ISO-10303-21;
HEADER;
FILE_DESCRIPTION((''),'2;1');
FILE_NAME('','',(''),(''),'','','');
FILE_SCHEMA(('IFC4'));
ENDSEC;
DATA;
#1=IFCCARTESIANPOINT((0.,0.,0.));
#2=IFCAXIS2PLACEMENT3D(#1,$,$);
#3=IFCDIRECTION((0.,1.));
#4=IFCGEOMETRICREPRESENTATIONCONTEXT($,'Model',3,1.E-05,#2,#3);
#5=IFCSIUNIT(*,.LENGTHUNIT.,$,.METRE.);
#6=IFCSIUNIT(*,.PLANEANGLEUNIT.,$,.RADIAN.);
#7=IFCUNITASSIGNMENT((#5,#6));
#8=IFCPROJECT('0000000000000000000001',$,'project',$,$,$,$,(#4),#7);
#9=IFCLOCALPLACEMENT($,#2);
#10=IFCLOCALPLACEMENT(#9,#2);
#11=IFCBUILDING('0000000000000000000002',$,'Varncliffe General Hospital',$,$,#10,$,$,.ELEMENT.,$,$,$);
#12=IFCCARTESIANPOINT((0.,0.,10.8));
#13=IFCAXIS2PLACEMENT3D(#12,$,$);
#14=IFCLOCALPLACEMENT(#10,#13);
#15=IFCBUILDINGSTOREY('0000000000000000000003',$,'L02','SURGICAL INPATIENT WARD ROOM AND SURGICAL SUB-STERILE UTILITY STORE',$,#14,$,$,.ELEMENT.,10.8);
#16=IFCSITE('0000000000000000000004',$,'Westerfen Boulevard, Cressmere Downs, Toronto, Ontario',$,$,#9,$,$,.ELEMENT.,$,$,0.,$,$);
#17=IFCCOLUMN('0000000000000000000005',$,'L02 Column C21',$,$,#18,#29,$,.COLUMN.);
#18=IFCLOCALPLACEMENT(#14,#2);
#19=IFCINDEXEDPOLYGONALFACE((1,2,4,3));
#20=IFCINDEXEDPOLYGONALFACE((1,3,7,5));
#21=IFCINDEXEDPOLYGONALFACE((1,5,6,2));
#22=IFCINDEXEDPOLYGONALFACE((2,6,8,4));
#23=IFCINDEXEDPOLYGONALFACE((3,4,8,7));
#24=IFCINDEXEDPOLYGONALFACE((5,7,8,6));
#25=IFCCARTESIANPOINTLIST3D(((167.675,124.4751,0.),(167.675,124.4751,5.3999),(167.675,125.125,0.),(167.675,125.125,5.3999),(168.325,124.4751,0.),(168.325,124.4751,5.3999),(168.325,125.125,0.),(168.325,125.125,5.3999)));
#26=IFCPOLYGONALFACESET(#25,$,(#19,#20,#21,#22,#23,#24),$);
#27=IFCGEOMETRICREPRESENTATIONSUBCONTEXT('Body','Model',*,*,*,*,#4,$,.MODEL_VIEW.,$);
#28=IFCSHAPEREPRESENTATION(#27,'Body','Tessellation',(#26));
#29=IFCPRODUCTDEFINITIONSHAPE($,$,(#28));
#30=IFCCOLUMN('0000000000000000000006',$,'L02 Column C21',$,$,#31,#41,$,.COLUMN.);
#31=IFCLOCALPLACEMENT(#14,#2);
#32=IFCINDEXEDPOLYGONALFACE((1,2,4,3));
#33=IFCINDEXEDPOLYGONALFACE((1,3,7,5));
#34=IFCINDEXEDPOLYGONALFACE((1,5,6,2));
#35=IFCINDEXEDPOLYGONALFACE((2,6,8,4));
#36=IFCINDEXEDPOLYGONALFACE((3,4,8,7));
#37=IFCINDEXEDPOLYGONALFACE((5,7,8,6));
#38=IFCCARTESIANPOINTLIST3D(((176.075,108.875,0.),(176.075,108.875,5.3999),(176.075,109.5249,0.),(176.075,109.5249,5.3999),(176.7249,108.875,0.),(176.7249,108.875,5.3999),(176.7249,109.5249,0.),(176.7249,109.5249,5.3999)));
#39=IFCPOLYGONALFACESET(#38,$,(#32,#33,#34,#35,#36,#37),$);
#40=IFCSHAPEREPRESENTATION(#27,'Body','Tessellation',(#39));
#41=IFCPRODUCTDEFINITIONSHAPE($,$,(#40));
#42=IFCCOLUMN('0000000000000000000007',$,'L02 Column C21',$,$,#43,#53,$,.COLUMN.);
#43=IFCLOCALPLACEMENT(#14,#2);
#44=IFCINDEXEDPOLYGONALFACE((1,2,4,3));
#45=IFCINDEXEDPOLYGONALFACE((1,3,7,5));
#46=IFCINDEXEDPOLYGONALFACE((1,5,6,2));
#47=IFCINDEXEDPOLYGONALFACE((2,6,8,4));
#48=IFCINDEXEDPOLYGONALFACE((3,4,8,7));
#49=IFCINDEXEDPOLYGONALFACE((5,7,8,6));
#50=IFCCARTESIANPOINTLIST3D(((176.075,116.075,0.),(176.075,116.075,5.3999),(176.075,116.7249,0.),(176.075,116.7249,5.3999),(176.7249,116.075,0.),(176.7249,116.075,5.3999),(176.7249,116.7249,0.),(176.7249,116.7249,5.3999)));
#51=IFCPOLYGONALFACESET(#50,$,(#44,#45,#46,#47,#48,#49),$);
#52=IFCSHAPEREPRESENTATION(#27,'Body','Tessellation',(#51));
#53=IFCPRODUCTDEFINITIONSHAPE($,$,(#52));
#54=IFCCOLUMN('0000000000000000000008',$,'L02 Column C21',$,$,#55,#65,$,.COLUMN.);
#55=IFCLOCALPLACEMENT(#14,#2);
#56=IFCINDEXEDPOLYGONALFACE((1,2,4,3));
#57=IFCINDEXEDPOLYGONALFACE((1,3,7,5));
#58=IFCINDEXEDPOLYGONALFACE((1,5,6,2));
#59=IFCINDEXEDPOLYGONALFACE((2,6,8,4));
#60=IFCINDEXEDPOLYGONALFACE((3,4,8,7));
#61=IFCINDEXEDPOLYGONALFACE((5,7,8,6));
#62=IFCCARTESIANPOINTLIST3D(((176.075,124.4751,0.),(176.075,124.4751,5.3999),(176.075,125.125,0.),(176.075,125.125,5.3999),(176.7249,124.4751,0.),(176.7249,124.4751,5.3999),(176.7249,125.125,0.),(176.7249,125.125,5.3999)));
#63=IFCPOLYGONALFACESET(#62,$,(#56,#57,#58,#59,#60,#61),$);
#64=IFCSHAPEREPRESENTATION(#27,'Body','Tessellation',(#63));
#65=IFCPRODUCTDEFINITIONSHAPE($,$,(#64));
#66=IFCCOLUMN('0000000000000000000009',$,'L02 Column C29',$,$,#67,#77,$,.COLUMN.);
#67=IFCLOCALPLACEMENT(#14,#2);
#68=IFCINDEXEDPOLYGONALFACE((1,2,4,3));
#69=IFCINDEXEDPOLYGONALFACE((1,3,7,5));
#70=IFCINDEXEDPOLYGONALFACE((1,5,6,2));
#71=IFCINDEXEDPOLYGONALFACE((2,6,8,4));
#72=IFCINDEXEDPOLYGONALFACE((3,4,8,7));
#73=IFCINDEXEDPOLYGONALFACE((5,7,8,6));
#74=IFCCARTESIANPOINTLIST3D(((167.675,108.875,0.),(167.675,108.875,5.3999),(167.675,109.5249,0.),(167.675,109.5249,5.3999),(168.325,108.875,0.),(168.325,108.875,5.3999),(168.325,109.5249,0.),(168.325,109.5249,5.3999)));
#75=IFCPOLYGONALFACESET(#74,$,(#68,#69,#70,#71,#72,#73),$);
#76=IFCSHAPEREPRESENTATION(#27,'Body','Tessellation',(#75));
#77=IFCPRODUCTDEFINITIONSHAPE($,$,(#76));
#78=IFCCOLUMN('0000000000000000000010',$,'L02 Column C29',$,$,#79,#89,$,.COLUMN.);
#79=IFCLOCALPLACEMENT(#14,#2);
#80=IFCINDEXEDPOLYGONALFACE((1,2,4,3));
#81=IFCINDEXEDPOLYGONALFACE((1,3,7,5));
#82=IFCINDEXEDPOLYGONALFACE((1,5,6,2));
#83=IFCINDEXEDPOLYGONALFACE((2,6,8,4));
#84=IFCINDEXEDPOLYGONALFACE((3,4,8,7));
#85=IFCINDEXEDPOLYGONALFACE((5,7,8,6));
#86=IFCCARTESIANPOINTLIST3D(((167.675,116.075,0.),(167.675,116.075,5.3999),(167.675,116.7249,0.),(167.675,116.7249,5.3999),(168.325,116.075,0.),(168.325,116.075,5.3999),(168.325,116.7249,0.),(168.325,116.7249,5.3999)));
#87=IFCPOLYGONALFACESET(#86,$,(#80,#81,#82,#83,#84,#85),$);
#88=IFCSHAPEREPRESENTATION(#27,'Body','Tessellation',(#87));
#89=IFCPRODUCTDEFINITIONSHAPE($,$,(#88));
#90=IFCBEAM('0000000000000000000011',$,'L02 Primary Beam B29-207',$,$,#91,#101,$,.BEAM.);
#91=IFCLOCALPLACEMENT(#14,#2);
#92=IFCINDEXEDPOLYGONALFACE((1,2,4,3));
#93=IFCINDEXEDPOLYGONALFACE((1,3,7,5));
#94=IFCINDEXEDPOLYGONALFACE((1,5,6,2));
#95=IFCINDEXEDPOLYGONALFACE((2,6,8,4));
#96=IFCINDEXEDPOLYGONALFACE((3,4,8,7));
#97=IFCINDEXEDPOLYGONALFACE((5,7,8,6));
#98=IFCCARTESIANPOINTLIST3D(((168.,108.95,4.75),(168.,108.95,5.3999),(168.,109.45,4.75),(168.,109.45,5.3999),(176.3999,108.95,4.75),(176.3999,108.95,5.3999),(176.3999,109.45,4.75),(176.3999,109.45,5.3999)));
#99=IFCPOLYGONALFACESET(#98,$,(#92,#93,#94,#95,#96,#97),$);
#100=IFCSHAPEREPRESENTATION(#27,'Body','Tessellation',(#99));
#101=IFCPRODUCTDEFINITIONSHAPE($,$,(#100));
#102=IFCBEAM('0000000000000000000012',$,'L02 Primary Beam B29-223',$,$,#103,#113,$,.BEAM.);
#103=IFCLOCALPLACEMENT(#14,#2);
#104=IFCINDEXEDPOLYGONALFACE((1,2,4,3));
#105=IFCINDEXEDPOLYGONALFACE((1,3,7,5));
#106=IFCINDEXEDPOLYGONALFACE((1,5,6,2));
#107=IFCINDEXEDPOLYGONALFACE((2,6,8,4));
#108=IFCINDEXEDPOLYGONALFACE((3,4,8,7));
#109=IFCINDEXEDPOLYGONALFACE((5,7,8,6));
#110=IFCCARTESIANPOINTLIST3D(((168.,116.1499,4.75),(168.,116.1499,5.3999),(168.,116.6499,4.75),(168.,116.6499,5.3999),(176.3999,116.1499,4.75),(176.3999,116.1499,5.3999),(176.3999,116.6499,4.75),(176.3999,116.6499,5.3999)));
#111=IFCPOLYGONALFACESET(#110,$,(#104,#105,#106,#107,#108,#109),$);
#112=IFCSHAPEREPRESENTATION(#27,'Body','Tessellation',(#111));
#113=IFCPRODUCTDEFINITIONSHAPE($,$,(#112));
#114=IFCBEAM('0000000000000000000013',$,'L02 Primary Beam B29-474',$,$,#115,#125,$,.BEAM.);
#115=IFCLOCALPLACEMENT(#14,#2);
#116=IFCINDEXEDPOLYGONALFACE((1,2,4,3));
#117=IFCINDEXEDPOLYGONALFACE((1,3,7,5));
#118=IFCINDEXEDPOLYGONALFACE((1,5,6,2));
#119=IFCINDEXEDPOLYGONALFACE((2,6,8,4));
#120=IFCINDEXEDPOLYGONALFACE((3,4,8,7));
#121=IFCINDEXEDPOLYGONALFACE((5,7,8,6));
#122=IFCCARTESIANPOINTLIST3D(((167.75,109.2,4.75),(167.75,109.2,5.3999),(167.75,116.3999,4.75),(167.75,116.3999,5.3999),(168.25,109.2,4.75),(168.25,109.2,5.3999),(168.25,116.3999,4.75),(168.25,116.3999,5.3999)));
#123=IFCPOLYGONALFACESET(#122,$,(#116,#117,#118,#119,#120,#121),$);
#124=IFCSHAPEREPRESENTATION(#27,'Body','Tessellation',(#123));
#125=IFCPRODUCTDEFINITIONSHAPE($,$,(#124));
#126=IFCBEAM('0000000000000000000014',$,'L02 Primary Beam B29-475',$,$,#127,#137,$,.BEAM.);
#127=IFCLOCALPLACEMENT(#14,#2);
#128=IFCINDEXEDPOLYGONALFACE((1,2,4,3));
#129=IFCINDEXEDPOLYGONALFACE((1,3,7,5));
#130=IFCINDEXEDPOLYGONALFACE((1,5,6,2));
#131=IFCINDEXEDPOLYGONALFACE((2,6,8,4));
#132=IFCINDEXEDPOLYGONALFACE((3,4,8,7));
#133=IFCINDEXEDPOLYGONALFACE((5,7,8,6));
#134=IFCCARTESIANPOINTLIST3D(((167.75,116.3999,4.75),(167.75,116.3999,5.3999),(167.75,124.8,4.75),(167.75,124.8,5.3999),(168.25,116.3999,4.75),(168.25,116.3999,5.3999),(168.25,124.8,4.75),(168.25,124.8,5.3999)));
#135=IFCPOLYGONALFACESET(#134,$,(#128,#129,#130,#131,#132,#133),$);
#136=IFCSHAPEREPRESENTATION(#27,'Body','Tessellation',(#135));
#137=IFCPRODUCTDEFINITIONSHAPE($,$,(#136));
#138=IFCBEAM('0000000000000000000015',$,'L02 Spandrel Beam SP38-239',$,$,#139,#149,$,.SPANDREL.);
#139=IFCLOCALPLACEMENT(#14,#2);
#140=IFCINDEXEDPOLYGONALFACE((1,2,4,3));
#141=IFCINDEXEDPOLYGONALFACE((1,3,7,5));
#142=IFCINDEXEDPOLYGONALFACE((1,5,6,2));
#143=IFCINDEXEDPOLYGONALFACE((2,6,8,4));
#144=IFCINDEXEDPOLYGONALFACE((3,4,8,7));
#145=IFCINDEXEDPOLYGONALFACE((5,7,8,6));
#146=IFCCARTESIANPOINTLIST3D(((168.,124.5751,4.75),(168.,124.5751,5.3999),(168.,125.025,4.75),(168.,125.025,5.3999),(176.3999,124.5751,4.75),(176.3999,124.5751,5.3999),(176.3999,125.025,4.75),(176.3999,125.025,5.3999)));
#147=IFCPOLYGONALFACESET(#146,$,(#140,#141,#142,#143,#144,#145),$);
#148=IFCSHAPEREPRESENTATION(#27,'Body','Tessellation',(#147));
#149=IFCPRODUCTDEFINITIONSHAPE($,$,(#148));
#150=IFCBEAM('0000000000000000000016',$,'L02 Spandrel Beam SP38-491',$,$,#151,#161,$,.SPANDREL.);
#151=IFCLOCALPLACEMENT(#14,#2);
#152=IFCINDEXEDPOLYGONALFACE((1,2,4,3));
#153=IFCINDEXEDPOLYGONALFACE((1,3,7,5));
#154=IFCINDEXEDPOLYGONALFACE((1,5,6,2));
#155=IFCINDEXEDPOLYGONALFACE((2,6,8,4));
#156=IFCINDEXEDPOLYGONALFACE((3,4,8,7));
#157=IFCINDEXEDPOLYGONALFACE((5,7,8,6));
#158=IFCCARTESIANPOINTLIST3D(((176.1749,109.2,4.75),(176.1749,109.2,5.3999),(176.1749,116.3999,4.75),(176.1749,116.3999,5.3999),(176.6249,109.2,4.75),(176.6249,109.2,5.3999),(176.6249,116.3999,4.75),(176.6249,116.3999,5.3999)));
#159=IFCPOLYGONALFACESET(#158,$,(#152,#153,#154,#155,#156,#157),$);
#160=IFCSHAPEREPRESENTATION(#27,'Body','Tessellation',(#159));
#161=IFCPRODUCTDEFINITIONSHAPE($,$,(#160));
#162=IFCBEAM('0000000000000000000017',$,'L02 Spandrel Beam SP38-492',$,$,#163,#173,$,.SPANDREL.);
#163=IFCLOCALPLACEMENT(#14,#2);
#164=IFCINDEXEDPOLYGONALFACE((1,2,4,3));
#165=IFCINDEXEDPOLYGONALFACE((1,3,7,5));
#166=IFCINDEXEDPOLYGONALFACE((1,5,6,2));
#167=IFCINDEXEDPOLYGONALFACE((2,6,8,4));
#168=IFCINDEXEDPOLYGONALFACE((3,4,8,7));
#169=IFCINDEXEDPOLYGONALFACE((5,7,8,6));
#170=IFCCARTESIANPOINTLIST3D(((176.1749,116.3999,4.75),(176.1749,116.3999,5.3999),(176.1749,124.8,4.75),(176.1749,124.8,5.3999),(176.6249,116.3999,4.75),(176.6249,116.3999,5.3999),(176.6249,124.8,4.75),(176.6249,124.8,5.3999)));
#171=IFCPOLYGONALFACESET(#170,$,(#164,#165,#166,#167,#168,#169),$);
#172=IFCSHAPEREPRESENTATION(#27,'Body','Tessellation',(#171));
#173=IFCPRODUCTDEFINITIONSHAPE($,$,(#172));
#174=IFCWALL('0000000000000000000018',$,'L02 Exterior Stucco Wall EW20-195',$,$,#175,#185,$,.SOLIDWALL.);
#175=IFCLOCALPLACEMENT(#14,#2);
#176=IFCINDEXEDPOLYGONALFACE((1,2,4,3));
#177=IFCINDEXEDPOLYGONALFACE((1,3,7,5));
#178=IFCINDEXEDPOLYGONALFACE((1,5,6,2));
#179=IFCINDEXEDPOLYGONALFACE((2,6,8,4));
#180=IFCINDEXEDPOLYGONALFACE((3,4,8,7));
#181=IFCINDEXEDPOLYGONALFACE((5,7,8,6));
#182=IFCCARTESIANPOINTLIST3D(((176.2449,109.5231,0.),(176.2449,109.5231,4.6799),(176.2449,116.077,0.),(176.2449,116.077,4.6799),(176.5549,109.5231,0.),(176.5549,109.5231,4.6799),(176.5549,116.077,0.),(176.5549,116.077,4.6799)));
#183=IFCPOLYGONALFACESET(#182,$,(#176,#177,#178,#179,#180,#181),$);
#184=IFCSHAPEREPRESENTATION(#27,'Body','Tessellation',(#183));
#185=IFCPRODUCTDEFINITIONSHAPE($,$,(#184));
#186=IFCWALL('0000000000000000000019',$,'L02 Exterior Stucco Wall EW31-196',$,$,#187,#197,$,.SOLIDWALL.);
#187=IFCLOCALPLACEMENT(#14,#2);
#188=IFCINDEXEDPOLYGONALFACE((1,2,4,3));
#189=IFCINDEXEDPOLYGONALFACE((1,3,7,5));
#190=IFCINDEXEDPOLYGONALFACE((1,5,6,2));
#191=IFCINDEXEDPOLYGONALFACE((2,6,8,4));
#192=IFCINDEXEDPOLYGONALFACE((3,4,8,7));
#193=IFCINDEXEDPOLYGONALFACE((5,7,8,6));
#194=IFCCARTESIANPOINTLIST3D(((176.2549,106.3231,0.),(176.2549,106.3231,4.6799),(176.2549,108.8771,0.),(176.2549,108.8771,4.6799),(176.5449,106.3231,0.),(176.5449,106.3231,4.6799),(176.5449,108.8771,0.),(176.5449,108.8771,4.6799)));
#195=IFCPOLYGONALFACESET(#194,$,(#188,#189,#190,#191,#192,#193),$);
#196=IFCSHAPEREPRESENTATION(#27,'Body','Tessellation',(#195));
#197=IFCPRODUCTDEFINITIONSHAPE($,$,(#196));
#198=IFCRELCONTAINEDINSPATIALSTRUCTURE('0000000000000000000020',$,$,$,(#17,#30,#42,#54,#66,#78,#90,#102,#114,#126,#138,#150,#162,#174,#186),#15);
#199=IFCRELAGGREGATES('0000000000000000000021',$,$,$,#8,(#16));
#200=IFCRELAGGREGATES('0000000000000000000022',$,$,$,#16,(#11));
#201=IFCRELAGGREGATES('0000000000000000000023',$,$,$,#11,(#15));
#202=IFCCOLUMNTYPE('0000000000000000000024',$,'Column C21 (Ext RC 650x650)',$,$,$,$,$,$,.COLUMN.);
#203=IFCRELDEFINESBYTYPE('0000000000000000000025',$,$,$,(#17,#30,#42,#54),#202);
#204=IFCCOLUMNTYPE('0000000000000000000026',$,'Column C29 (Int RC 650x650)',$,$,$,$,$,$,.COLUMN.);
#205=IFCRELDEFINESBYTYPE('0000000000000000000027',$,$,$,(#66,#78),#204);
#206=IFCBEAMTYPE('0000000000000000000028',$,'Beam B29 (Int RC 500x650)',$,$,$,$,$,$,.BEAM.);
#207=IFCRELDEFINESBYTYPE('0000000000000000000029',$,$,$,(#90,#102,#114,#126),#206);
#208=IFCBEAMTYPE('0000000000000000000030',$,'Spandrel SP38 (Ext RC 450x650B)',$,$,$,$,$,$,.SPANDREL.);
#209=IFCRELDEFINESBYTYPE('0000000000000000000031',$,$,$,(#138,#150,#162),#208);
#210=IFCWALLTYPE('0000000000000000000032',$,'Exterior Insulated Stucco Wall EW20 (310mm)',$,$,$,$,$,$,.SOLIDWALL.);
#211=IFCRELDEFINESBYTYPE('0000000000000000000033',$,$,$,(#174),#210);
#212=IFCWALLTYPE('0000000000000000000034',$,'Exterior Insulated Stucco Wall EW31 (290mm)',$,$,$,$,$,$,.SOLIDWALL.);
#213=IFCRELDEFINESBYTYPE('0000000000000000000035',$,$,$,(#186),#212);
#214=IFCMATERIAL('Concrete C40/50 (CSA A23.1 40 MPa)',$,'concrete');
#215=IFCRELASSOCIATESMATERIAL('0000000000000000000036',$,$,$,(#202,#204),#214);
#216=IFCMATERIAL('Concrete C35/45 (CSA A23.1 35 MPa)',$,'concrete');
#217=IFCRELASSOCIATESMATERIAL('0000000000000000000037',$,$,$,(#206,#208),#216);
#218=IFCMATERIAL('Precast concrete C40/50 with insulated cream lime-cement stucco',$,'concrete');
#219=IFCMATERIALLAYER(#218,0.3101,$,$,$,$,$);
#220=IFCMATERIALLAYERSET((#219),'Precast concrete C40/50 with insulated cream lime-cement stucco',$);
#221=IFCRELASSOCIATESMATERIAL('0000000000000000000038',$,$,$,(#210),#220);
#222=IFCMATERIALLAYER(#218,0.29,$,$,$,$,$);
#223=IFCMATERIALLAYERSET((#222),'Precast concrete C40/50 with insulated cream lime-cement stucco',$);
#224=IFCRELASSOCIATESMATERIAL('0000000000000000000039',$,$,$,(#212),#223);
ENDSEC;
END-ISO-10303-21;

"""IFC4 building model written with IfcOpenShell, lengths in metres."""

from ifc_helpers import new_model, si_unit, direction, frame, frame_2d, origin, origin_2d, place, context, subcontext, project, spatial, rectangle, extrude, material, layer, layer_set, material_profile, profile_set, type_object, element, save


model = new_model("IFC4")

# Units and contexts
model_context = context("Model", 3, precision=1e-05, world=origin(), true_north=direction((0.0, 1.0)))
body_context = subcontext(model_context, "Body", "Model", "MODEL_VIEW")
ifc_project = project(units=[si_unit("LENGTHUNIT", "METRE"), si_unit("PLANEANGLEUNIT", "RADIAN")], contexts=[model_context])

# Site, building, storey
site_placement = place(None, origin())
site = spatial("IfcSite", under=ifc_project, at=site_placement, Name="Westerfen Boulevard, Cressmere Downs, Toronto, Ontario", CompositionType="ELEMENT", RefElevation=0.0)
building_placement = place(site_placement, origin())
building = spatial("IfcBuilding", under=site, at=building_placement, Name="Varncliffe General Hospital", CompositionType="ELEMENT")
storey_placement = place(building_placement, frame((0.0, 0.0, 10.8)))
storey = spatial("IfcBuildingStorey", under=building, at=storey_placement, Name="L02", Description="SURGICAL INPATIENT WARD ROOM AND SURGICAL SUB-STERILE UTILITY STORE", CompositionType="ELEMENT", Elevation=10.8)

# Columns
ifc_material_1 = material(Name="Concrete C40/50 (CSA A23.1 40 MPa)", Category="concrete")
ifc_material_profile_1 = material_profile(ifc_material_1, rectangle(XDim=0.6499, YDim=0.6499, at=origin_2d()), Name="RC 650x650")
ifc_profile_set_1 = profile_set([ifc_material_profile_1], Name="Concrete C40/50 (CSA A23.1 40 MPa)")
column_type_1 = type_object("IfcColumnType", Name="Column C21 (Ext RC 650x650)", PredefinedType="COLUMN", material=ifc_profile_set_1)
for number, where, z_axis, x_axis, name in (
    (1, (168.0, 124.8, 0.0), (0.0, 0.0, 1.0), (1.0, 0.0, 0.0), "L02 Column C21"),
    (2, (176.3999, 109.2, 0.0), (0.0, 0.0, 1.0), (1.0, 0.0, 0.0), "L02 Column C21"),
    (3, (176.3999, 116.3999, 0.0), (0.0, 0.0, 1.0), (1.0, 0.0, 0.0), "L02 Column C21"),
    (4, (176.3999, 124.8, 0.0), (0.0, 0.0, 1.0), (1.0, 0.0, 0.0), "L02 Column C21"),
):
    element("IfcColumn", number, at=place(storey_placement, frame(where, z_axis=z_axis, x_axis=x_axis)), inside=storey, type_object=column_type_1, Name=name, PredefinedType="COLUMN", context=body_context, shape_type="SweptSolid", body=[
        extrude(rectangle(XDim=0.6499, YDim=0.6499, at=origin_2d()), origin(), (0.0, 0.0, 1.0), 5.3999),
    ])
ifc_material_profile_2 = material_profile(ifc_material_1, rectangle(XDim=0.6499, YDim=0.6499, at=origin_2d()), Name="RC 650x650")
ifc_profile_set_2 = profile_set([ifc_material_profile_2], Name="Concrete C40/50 (CSA A23.1 40 MPa)")
column_type_2 = type_object("IfcColumnType", Name="Column C29 (Int RC 650x650)", PredefinedType="COLUMN", material=ifc_profile_set_2)
for number, where, z_axis, x_axis, name in (
    (5, (168.0, 109.2, 0.0), (0.0, 0.0, 1.0), (1.0, 0.0, 0.0), "L02 Column C29"),
    (6, (168.0, 116.3999, 0.0), (0.0, 0.0, 1.0), (1.0, 0.0, 0.0), "L02 Column C29"),
):
    element("IfcColumn", number, at=place(storey_placement, frame(where, z_axis=z_axis, x_axis=x_axis)), inside=storey, type_object=column_type_2, Name=name, PredefinedType="COLUMN", context=body_context, shape_type="SweptSolid", body=[
        extrude(rectangle(XDim=0.6499, YDim=0.6499, at=origin_2d()), origin(), (0.0, 0.0, 1.0), 5.3999),
    ])

# Beams
ifc_material_2 = material(Name="Concrete C35/45 (CSA A23.1 35 MPa)", Category="concrete")
ifc_material_profile_3 = material_profile(ifc_material_2, rectangle(XDim=0.5, YDim=0.6499, at=origin_2d()), Name="RC 500x650")
ifc_profile_set_3 = profile_set([ifc_material_profile_3], Name="Concrete C35/45 (CSA A23.1 35 MPa)")
beam_type_1 = type_object("IfcBeamType", Name="Beam B29 (Int RC 500x650)", PredefinedType="BEAM", material=ifc_profile_set_3)
for number, where, z_axis, x_axis, name in (
    (7, (168.0, 109.2, 5.075), (1.0, 0.0, 0.0), (0.0, 1.0, 0.0), "L02 Primary Beam B29-207"),
    (8, (168.0, 116.3999, 5.075), (1.0, 0.0, 0.0), (0.0, 1.0, 0.0), "L02 Primary Beam B29-223"),
):
    element("IfcBeam", number, at=place(storey_placement, frame(where, z_axis=z_axis, x_axis=x_axis)), inside=storey, type_object=beam_type_1, Name=name, PredefinedType="BEAM", context=body_context, shape_type="SweptSolid", body=[
        extrude(rectangle(XDim=0.5, YDim=0.6499, at=origin_2d()), origin(), (0.0, 0.0, 1.0), 8.3999),
    ])
beam_1_placement = place(storey_placement, frame((168.0, 109.2, 5.075), z_axis=(0.0, 1.0, 0.0), x_axis=(-1.0, 0.0, 0.0)))
element("IfcBeam", 9, at=beam_1_placement, inside=storey, type_object=beam_type_1, Name="L02 Primary Beam B29-474", PredefinedType="BEAM", context=body_context, shape_type="SweptSolid", body=[
    extrude(rectangle(XDim=0.5, YDim=0.6499, at=origin_2d()), origin(), (0.0, 0.0, 1.0), 7.2),
])
beam_2_placement = place(storey_placement, frame((168.0, 116.3999, 5.075), z_axis=(0.0, 1.0, 0.0), x_axis=(-1.0, 0.0, 0.0)))
element("IfcBeam", 10, at=beam_2_placement, inside=storey, type_object=beam_type_1, Name="L02 Primary Beam B29-475", PredefinedType="BEAM", context=body_context, shape_type="SweptSolid", body=[
    extrude(rectangle(XDim=0.5, YDim=0.6499, at=origin_2d()), origin(), (0.0, 0.0, 1.0), 8.4001),
])
ifc_material_profile_4 = material_profile(ifc_material_2, rectangle(XDim=0.45, YDim=0.6499, at=origin_2d()), Name="RC 450x650")
ifc_profile_set_4 = profile_set([ifc_material_profile_4], Name="Concrete C35/45 (CSA A23.1 35 MPa)")
beam_type_2 = type_object("IfcBeamType", Name="Spandrel SP38 (Ext RC 450x650B)", PredefinedType="SPANDREL", material=ifc_profile_set_4)
beam_3_placement = place(storey_placement, frame((168.0, 124.8, 5.075), z_axis=(1.0, 0.0, 0.0), x_axis=(0.0, 1.0, 0.0)))
element("IfcBeam", 11, at=beam_3_placement, inside=storey, type_object=beam_type_2, Name="L02 Spandrel Beam SP38-239", PredefinedType="SPANDREL", context=body_context, shape_type="SweptSolid", body=[
    extrude(rectangle(XDim=0.45, YDim=0.6499, at=origin_2d()), origin(), (0.0, 0.0, 1.0), 8.3999),
])
beam_4_placement = place(storey_placement, frame((176.3999, 109.2, 5.075), z_axis=(0.0, 1.0, 0.0), x_axis=(-1.0, 0.0, 0.0)))
element("IfcBeam", 12, at=beam_4_placement, inside=storey, type_object=beam_type_2, Name="L02 Spandrel Beam SP38-491", PredefinedType="SPANDREL", context=body_context, shape_type="SweptSolid", body=[
    extrude(rectangle(XDim=0.45, YDim=0.6499, at=origin_2d()), origin(), (0.0, 0.0, 1.0), 7.2),
])
beam_5_placement = place(storey_placement, frame((176.3999, 116.3999, 5.075), z_axis=(0.0, 1.0, 0.0), x_axis=(-1.0, 0.0, 0.0)))
element("IfcBeam", 13, at=beam_5_placement, inside=storey, type_object=beam_type_2, Name="L02 Spandrel Beam SP38-492", PredefinedType="SPANDREL", context=body_context, shape_type="SweptSolid", body=[
    extrude(rectangle(XDim=0.45, YDim=0.6499, at=origin_2d()), origin(), (0.0, 0.0, 1.0), 8.4001),
])

# Walls
ifc_material_3 = material(Name="Precast concrete C40/50 with insulated cream lime-cement stucco", Category="concrete")
ifc_layer_1 = layer(ifc_material_3, 0.3101)
ifc_layer_set_1 = layer_set([ifc_layer_1], Name="Precast concrete C40/50 with insulated cream lime-cement stucco")
wall_type_1 = type_object("IfcWallType", Name="Exterior Insulated Stucco Wall EW20 (310mm)", PredefinedType="SOLIDWALL", material=ifc_layer_set_1)
wall_1_placement = place(storey_placement, frame((176.3999, 116.0769, 0.0), z_axis=(0.0, 0.0, 1.0), x_axis=(0.0, -1.0, 0.0)))
element("IfcWall", 14, at=wall_1_placement, inside=storey, type_object=wall_type_1, Name="L02 Exterior Stucco Wall EW20-195", PredefinedType="SOLIDWALL", context=body_context, shape_type="SweptSolid", body=[
    extrude(rectangle(XDim=6.554, YDim=0.3101, at=frame_2d((3.2769, 0.0))), origin(), (0.0, 0.0, 1.0), 4.6799),
])
ifc_layer_2 = layer(ifc_material_3, 0.29)
ifc_layer_set_2 = layer_set([ifc_layer_2], Name="Precast concrete C40/50 with insulated cream lime-cement stucco")
wall_type_2 = type_object("IfcWallType", Name="Exterior Insulated Stucco Wall EW31 (290mm)", PredefinedType="SOLIDWALL", material=ifc_layer_set_2)
wall_2_placement = place(storey_placement, frame((176.3999, 108.877, 0.0), z_axis=(0.0, 0.0, 1.0), x_axis=(0.0, -1.0, 0.0)))
element("IfcWall", 15, at=wall_2_placement, inside=storey, type_object=wall_type_2, Name="L02 Exterior Stucco Wall EW31-196", PredefinedType="SOLIDWALL", context=body_context, shape_type="SweptSolid", body=[
    extrude(rectangle(XDim=2.554, YDim=0.29, at=frame_2d((1.2769, 0.0))), origin(), (0.0, 0.0, 1.0), 4.6799),
])

save(model, "model.ifc")
